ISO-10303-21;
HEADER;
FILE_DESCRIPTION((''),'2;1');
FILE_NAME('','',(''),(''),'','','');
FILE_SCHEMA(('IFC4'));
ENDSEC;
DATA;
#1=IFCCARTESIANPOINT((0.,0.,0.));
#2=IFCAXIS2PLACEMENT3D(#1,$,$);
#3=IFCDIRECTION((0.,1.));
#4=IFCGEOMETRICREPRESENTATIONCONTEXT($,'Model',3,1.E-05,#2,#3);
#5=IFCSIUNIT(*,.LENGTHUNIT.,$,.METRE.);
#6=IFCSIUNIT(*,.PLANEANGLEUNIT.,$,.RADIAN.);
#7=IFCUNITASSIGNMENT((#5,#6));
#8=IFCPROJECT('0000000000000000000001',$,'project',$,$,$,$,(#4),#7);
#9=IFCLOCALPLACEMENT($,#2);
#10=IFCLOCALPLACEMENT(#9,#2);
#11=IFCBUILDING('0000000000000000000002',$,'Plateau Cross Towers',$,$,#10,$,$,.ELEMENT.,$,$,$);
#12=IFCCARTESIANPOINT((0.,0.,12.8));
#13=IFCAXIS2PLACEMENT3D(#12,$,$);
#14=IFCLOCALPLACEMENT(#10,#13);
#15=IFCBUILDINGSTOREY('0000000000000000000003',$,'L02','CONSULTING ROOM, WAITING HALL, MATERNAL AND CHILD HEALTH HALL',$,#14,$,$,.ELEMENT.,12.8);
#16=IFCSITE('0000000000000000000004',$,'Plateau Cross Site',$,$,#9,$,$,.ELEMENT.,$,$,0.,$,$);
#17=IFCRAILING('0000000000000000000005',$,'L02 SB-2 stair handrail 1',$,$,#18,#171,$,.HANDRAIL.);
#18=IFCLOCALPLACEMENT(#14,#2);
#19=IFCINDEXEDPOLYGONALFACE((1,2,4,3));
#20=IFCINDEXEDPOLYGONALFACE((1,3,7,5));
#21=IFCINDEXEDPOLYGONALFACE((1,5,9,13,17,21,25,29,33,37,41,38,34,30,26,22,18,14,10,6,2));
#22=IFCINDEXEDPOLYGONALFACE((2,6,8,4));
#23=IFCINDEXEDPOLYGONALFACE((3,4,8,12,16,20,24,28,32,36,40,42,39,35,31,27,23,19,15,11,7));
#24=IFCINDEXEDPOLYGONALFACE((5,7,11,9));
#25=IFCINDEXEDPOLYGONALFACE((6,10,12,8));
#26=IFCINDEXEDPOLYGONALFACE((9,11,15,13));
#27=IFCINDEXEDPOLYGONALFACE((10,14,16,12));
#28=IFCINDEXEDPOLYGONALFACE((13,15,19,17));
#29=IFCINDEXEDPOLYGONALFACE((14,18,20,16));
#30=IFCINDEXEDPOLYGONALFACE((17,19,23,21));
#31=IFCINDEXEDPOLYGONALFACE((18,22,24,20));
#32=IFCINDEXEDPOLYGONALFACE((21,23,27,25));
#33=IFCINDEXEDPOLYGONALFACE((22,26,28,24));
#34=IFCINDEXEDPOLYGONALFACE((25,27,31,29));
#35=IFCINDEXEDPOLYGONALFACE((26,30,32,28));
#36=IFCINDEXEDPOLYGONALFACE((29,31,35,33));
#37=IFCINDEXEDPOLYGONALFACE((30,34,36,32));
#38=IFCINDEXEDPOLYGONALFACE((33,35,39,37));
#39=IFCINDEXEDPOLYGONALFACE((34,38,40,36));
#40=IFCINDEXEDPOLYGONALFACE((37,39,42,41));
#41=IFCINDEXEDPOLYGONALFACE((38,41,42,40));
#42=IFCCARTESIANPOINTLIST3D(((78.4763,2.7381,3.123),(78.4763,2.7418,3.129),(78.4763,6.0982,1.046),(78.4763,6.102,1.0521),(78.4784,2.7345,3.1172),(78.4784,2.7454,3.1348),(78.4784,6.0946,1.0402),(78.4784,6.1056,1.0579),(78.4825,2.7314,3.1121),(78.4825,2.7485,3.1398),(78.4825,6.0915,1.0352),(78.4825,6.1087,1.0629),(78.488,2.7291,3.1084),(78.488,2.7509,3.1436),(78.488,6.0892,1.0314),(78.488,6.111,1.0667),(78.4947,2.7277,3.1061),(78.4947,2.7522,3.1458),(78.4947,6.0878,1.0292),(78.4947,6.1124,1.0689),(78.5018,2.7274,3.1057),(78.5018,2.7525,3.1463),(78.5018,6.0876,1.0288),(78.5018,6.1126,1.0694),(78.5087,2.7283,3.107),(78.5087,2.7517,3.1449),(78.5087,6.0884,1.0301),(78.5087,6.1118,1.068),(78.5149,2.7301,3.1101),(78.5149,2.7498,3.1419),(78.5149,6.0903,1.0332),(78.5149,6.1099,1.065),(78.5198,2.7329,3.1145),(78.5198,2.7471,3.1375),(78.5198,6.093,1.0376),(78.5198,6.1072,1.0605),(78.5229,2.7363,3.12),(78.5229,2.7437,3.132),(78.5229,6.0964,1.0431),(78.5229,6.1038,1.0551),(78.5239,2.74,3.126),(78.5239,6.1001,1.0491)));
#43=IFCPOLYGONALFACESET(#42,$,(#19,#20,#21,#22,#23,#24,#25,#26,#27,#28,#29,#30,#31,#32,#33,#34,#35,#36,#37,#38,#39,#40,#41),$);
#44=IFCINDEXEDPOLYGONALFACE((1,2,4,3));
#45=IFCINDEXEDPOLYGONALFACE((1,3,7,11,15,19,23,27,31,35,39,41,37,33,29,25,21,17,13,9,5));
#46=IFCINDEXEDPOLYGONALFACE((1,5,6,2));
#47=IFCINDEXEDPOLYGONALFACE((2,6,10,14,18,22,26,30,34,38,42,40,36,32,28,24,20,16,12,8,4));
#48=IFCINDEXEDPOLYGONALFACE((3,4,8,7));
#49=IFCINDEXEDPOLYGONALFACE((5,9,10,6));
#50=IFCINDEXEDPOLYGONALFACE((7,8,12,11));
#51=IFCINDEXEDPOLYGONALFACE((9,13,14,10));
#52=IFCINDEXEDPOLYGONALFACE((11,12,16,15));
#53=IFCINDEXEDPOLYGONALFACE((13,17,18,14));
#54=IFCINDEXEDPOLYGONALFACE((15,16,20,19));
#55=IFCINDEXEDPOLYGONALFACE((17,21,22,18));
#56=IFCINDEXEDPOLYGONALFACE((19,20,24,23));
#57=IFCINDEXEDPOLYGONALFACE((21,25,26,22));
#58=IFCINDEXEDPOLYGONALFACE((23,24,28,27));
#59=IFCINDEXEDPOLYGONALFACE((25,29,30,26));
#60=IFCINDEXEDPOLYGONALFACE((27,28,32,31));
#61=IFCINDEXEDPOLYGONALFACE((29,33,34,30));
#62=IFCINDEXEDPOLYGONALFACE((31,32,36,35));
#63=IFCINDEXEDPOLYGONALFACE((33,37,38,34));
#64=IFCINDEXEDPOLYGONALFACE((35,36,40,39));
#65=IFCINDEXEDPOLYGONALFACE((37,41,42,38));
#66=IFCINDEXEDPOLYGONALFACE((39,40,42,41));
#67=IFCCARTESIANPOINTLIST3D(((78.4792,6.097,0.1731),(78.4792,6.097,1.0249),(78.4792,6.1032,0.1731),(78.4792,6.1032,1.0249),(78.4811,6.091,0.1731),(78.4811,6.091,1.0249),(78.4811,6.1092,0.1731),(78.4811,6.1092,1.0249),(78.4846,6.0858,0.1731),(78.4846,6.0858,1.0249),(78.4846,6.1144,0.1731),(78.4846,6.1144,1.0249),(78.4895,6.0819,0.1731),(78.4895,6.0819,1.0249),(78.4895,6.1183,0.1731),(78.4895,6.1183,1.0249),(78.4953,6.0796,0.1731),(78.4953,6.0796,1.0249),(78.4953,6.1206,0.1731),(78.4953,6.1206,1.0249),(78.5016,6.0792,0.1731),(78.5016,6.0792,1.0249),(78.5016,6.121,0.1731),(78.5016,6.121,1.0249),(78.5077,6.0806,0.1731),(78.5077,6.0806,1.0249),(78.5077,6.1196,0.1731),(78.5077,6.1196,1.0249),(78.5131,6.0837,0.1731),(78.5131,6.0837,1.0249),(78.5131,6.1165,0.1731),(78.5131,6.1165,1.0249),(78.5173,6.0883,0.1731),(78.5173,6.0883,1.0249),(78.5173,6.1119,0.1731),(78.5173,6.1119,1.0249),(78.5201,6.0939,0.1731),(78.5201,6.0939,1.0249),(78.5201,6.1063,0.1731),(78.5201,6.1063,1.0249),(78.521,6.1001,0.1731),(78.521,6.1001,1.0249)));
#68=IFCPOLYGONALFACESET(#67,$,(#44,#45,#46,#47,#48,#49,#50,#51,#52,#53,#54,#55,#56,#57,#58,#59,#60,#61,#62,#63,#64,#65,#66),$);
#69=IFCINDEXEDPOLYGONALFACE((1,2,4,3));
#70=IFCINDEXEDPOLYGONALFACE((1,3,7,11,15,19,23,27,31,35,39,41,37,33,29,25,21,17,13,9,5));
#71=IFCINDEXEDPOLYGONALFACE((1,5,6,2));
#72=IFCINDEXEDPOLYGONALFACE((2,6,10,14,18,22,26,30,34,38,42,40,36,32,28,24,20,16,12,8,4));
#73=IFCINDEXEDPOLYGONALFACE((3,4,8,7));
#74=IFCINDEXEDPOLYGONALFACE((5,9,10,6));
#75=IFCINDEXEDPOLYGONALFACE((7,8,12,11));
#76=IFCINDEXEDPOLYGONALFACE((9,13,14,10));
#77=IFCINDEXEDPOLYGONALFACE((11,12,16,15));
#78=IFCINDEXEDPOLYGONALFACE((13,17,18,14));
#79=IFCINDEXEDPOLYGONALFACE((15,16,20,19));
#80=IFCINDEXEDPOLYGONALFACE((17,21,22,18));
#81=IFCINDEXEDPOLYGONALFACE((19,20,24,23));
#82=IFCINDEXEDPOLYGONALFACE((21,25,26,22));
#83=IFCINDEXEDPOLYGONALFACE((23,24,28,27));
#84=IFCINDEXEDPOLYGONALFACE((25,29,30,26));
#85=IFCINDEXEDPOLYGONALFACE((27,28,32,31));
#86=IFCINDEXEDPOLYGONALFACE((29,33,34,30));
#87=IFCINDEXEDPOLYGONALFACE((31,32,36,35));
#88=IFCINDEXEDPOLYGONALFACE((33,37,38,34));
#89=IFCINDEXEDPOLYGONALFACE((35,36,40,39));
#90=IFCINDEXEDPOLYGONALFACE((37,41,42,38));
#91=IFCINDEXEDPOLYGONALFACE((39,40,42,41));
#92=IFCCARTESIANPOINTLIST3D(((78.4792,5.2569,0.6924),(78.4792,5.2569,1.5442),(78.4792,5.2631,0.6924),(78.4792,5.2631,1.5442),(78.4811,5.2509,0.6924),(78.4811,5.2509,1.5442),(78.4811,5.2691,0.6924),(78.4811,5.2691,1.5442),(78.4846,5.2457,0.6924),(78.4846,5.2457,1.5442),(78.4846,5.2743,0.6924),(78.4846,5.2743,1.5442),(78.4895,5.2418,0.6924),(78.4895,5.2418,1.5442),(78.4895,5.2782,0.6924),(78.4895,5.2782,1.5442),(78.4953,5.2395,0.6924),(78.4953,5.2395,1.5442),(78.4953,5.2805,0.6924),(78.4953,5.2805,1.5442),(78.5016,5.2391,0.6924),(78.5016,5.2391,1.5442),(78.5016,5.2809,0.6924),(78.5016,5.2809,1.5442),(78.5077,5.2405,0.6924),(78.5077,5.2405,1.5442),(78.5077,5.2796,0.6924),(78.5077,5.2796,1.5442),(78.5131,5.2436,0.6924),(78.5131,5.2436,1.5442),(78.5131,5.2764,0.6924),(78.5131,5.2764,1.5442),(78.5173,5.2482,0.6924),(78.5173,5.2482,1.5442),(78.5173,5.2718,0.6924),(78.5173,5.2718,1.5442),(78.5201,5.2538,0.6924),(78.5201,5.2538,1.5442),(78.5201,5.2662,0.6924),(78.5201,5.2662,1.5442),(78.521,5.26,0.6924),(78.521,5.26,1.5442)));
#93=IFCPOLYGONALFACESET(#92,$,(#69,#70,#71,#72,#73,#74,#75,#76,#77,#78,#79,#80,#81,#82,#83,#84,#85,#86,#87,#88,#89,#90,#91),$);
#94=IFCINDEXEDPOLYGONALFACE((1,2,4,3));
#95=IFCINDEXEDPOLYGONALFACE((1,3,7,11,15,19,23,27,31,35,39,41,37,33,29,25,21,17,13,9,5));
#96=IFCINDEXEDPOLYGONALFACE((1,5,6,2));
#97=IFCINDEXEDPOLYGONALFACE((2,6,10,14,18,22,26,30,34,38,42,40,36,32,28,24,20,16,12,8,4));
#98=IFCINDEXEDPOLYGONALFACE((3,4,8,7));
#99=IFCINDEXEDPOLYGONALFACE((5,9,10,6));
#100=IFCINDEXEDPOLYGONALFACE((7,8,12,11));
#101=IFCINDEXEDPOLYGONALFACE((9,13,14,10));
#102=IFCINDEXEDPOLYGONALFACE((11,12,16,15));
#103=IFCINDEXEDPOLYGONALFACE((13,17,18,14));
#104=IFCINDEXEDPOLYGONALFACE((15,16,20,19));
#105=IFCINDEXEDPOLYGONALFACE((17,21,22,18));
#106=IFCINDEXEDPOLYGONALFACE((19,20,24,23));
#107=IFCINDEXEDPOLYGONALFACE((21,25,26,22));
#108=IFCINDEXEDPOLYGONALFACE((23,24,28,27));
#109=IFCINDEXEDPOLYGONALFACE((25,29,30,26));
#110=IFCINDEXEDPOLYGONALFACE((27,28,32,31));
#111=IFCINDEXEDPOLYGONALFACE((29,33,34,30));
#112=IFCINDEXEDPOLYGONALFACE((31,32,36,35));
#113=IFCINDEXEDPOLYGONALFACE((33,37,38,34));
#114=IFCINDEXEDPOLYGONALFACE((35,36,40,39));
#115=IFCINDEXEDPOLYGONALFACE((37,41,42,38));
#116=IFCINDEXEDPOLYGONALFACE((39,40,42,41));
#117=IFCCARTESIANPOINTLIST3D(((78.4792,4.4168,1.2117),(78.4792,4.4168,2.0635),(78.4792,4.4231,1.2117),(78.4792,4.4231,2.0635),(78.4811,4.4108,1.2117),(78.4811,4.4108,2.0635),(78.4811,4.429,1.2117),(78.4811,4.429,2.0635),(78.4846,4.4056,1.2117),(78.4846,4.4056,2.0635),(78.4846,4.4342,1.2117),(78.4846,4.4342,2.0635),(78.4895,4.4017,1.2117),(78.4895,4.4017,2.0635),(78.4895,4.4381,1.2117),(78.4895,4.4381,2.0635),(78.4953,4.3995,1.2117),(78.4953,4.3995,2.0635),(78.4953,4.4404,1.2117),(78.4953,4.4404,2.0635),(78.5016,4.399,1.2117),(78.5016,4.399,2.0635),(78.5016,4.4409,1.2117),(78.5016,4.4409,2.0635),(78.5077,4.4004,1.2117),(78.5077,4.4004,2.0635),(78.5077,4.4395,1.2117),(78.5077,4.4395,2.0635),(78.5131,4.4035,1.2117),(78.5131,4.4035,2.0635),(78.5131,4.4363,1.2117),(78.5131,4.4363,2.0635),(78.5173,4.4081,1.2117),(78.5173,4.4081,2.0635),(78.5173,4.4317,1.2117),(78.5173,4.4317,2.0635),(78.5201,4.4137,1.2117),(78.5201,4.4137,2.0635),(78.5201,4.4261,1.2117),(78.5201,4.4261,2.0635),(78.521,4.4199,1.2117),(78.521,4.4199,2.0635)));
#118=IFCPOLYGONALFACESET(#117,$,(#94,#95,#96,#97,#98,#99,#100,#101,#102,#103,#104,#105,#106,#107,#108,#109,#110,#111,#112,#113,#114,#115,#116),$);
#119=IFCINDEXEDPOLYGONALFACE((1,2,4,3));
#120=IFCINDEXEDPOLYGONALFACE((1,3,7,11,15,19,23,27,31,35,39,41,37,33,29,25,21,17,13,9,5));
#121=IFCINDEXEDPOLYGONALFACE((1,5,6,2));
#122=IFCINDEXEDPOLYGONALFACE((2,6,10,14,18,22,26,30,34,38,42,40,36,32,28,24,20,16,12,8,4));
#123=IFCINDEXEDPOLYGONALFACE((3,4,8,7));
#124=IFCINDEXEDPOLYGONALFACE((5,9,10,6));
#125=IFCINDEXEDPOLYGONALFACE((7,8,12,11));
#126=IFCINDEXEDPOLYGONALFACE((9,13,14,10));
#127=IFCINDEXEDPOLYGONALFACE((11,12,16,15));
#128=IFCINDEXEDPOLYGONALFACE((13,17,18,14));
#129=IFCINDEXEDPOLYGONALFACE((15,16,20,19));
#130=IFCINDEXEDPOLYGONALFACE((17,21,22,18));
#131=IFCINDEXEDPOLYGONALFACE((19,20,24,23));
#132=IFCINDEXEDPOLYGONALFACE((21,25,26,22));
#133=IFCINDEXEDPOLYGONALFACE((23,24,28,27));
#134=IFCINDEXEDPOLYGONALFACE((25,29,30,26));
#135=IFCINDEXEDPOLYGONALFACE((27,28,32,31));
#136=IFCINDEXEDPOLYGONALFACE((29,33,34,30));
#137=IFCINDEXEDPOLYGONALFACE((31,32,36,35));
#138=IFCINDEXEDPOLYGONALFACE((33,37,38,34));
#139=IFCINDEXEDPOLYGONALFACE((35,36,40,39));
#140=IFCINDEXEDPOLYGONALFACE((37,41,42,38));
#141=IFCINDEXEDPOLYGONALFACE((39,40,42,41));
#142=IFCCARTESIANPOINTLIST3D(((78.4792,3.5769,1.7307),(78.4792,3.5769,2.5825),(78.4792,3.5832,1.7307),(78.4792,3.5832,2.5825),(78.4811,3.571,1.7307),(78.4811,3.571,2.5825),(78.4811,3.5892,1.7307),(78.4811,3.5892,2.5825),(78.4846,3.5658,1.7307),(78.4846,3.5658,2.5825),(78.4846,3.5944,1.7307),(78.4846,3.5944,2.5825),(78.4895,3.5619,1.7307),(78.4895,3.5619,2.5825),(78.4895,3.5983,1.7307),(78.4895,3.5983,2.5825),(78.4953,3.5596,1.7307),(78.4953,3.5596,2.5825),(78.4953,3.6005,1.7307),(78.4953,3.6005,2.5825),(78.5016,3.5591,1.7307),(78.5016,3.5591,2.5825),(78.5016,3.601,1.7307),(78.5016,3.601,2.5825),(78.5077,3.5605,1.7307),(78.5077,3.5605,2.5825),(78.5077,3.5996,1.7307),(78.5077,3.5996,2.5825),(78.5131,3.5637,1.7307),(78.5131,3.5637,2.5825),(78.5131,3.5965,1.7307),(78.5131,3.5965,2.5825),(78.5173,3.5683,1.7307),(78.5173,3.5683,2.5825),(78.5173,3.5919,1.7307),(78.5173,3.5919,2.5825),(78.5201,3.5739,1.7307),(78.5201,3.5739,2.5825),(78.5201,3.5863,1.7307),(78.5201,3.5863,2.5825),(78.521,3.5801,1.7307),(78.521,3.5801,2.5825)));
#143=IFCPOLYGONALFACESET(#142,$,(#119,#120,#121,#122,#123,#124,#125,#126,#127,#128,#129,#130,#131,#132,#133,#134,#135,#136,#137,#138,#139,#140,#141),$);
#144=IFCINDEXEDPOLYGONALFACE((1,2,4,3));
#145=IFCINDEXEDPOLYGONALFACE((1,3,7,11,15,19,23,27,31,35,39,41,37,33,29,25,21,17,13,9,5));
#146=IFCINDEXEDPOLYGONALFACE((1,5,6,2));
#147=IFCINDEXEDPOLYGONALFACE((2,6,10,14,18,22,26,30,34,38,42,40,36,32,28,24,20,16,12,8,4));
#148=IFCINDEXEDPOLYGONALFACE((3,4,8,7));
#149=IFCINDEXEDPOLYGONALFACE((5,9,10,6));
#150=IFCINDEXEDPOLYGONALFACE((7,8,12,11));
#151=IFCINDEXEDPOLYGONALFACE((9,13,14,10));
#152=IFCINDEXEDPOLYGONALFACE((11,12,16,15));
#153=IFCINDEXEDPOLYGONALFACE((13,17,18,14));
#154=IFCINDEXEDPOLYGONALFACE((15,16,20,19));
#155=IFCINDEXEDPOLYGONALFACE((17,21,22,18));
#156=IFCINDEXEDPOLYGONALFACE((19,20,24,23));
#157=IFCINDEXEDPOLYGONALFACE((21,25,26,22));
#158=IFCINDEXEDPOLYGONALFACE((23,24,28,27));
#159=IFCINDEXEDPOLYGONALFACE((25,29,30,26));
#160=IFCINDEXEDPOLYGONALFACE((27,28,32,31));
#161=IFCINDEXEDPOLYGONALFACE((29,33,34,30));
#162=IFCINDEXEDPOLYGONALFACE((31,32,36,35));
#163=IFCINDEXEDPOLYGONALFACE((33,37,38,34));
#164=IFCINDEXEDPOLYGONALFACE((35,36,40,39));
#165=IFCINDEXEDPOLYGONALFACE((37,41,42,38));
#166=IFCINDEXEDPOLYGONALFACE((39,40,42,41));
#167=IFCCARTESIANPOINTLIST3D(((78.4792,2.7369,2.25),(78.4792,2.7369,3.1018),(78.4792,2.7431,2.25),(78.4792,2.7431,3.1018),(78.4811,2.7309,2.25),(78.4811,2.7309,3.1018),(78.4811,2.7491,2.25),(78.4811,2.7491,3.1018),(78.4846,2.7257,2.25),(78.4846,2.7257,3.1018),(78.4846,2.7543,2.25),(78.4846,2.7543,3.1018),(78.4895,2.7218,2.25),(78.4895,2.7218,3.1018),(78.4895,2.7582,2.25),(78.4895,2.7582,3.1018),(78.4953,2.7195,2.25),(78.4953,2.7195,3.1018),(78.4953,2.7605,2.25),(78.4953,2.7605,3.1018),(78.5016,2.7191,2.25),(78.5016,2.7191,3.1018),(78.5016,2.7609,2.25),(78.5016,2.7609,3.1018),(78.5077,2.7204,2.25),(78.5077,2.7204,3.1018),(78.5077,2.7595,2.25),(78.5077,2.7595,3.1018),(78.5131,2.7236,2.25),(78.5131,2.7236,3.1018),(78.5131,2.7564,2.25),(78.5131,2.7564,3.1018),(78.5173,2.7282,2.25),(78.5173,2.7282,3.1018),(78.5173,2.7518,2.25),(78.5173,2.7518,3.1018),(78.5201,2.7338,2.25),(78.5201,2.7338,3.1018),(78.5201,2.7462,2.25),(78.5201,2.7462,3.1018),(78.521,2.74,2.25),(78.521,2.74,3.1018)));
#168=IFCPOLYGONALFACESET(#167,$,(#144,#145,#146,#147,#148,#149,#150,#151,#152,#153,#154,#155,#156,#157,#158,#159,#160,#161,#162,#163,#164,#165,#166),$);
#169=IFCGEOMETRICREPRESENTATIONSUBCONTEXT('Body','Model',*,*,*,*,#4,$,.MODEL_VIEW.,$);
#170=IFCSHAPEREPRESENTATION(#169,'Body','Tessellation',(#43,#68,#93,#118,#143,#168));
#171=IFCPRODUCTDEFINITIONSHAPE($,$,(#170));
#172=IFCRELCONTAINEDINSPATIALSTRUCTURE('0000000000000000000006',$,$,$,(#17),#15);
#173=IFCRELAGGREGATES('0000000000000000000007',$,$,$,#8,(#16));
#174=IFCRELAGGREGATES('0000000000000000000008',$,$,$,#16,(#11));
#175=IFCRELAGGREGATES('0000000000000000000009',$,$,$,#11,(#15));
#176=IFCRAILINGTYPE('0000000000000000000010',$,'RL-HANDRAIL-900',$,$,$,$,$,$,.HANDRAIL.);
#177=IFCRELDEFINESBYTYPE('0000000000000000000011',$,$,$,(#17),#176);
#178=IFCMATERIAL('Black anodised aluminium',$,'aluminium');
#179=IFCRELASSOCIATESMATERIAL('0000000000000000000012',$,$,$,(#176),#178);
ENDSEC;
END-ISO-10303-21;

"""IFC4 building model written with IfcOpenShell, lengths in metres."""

from ifc_helpers import new_model, si_unit, direction, frame, origin, origin_2d, place, context, subcontext, project, spatial, circle, extrude, material, type_object, element, save


model = new_model("IFC4")

# Units and contexts
model_context = context("Model", 3, precision=1e-05, world=origin(), true_north=direction((0.0, 1.0)))
body_context = subcontext(model_context, "Body", "Model", "MODEL_VIEW")
ifc_project = project(units=[si_unit("LENGTHUNIT", "METRE"), si_unit("PLANEANGLEUNIT", "RADIAN")], contexts=[model_context])

# Site, building, storey
site_placement = place(None, origin())
site = spatial("IfcSite", under=ifc_project, at=site_placement, Name="Plateau Cross Site", CompositionType="ELEMENT", RefElevation=0.0)
building_placement = place(site_placement, origin())
building = spatial("IfcBuilding", under=site, at=building_placement, Name="Plateau Cross Towers", CompositionType="ELEMENT")
storey_placement = place(building_placement, frame((0.0, 0.0, 12.8)))
storey = spatial("IfcBuildingStorey", under=building, at=storey_placement, Name="L02", Description="CONSULTING ROOM, WAITING HALL, MATERNAL AND CHILD HEALTH HALL", CompositionType="ELEMENT", Elevation=12.8)

# Railing
ifc_material_1 = material(Name="Black anodised aluminium", Category="aluminium")
railing_type_1 = type_object("IfcRailingType", Name="RL-HANDRAIL-900", PredefinedType="HANDRAIL", material=ifc_material_1)
railing_1_placement = place(storey_placement, frame((78.5, 6.1001, 0.1731)))
element("IfcRailing", 1, at=railing_1_placement, inside=storey, type_object=railing_type_1, Name="L02 SB-2 stair handrail 1", PredefinedType="HANDRAIL", context=body_context, shape_type="SweptSolid", body=[
    extrude(circle(Radius=0.0239, at=origin_2d()), frame((0.0, 0.0, 0.876), z_axis=(0.0, -0.850623, 0.525776), x_axis=(1.0, 0.0, 0.0)), (0.0, 0.0, 1.0), 3.9502),
    extrude(circle(Radius=0.021, at=origin_2d()), origin(), (0.0, 0.0, 1.0), 0.8518),
    extrude(circle(Radius=0.021, at=origin_2d()), frame((0.0, -0.8401, 0.5193)), (0.0, 0.0, 1.0), 0.8518),
    extrude(circle(Radius=0.021, at=origin_2d()), frame((0.0, -1.6802, 1.0386)), (0.0, 0.0, 1.0), 0.8518),
    extrude(circle(Radius=0.021, at=origin_2d()), frame((0.0, -2.52, 1.5576)), (0.0, 0.0, 1.0), 0.8518),
    extrude(circle(Radius=0.021, at=origin_2d()), frame((0.0, -3.3601, 2.0769)), (0.0, 0.0, 1.0), 0.8518),
])

save(model, "model.ifc")
